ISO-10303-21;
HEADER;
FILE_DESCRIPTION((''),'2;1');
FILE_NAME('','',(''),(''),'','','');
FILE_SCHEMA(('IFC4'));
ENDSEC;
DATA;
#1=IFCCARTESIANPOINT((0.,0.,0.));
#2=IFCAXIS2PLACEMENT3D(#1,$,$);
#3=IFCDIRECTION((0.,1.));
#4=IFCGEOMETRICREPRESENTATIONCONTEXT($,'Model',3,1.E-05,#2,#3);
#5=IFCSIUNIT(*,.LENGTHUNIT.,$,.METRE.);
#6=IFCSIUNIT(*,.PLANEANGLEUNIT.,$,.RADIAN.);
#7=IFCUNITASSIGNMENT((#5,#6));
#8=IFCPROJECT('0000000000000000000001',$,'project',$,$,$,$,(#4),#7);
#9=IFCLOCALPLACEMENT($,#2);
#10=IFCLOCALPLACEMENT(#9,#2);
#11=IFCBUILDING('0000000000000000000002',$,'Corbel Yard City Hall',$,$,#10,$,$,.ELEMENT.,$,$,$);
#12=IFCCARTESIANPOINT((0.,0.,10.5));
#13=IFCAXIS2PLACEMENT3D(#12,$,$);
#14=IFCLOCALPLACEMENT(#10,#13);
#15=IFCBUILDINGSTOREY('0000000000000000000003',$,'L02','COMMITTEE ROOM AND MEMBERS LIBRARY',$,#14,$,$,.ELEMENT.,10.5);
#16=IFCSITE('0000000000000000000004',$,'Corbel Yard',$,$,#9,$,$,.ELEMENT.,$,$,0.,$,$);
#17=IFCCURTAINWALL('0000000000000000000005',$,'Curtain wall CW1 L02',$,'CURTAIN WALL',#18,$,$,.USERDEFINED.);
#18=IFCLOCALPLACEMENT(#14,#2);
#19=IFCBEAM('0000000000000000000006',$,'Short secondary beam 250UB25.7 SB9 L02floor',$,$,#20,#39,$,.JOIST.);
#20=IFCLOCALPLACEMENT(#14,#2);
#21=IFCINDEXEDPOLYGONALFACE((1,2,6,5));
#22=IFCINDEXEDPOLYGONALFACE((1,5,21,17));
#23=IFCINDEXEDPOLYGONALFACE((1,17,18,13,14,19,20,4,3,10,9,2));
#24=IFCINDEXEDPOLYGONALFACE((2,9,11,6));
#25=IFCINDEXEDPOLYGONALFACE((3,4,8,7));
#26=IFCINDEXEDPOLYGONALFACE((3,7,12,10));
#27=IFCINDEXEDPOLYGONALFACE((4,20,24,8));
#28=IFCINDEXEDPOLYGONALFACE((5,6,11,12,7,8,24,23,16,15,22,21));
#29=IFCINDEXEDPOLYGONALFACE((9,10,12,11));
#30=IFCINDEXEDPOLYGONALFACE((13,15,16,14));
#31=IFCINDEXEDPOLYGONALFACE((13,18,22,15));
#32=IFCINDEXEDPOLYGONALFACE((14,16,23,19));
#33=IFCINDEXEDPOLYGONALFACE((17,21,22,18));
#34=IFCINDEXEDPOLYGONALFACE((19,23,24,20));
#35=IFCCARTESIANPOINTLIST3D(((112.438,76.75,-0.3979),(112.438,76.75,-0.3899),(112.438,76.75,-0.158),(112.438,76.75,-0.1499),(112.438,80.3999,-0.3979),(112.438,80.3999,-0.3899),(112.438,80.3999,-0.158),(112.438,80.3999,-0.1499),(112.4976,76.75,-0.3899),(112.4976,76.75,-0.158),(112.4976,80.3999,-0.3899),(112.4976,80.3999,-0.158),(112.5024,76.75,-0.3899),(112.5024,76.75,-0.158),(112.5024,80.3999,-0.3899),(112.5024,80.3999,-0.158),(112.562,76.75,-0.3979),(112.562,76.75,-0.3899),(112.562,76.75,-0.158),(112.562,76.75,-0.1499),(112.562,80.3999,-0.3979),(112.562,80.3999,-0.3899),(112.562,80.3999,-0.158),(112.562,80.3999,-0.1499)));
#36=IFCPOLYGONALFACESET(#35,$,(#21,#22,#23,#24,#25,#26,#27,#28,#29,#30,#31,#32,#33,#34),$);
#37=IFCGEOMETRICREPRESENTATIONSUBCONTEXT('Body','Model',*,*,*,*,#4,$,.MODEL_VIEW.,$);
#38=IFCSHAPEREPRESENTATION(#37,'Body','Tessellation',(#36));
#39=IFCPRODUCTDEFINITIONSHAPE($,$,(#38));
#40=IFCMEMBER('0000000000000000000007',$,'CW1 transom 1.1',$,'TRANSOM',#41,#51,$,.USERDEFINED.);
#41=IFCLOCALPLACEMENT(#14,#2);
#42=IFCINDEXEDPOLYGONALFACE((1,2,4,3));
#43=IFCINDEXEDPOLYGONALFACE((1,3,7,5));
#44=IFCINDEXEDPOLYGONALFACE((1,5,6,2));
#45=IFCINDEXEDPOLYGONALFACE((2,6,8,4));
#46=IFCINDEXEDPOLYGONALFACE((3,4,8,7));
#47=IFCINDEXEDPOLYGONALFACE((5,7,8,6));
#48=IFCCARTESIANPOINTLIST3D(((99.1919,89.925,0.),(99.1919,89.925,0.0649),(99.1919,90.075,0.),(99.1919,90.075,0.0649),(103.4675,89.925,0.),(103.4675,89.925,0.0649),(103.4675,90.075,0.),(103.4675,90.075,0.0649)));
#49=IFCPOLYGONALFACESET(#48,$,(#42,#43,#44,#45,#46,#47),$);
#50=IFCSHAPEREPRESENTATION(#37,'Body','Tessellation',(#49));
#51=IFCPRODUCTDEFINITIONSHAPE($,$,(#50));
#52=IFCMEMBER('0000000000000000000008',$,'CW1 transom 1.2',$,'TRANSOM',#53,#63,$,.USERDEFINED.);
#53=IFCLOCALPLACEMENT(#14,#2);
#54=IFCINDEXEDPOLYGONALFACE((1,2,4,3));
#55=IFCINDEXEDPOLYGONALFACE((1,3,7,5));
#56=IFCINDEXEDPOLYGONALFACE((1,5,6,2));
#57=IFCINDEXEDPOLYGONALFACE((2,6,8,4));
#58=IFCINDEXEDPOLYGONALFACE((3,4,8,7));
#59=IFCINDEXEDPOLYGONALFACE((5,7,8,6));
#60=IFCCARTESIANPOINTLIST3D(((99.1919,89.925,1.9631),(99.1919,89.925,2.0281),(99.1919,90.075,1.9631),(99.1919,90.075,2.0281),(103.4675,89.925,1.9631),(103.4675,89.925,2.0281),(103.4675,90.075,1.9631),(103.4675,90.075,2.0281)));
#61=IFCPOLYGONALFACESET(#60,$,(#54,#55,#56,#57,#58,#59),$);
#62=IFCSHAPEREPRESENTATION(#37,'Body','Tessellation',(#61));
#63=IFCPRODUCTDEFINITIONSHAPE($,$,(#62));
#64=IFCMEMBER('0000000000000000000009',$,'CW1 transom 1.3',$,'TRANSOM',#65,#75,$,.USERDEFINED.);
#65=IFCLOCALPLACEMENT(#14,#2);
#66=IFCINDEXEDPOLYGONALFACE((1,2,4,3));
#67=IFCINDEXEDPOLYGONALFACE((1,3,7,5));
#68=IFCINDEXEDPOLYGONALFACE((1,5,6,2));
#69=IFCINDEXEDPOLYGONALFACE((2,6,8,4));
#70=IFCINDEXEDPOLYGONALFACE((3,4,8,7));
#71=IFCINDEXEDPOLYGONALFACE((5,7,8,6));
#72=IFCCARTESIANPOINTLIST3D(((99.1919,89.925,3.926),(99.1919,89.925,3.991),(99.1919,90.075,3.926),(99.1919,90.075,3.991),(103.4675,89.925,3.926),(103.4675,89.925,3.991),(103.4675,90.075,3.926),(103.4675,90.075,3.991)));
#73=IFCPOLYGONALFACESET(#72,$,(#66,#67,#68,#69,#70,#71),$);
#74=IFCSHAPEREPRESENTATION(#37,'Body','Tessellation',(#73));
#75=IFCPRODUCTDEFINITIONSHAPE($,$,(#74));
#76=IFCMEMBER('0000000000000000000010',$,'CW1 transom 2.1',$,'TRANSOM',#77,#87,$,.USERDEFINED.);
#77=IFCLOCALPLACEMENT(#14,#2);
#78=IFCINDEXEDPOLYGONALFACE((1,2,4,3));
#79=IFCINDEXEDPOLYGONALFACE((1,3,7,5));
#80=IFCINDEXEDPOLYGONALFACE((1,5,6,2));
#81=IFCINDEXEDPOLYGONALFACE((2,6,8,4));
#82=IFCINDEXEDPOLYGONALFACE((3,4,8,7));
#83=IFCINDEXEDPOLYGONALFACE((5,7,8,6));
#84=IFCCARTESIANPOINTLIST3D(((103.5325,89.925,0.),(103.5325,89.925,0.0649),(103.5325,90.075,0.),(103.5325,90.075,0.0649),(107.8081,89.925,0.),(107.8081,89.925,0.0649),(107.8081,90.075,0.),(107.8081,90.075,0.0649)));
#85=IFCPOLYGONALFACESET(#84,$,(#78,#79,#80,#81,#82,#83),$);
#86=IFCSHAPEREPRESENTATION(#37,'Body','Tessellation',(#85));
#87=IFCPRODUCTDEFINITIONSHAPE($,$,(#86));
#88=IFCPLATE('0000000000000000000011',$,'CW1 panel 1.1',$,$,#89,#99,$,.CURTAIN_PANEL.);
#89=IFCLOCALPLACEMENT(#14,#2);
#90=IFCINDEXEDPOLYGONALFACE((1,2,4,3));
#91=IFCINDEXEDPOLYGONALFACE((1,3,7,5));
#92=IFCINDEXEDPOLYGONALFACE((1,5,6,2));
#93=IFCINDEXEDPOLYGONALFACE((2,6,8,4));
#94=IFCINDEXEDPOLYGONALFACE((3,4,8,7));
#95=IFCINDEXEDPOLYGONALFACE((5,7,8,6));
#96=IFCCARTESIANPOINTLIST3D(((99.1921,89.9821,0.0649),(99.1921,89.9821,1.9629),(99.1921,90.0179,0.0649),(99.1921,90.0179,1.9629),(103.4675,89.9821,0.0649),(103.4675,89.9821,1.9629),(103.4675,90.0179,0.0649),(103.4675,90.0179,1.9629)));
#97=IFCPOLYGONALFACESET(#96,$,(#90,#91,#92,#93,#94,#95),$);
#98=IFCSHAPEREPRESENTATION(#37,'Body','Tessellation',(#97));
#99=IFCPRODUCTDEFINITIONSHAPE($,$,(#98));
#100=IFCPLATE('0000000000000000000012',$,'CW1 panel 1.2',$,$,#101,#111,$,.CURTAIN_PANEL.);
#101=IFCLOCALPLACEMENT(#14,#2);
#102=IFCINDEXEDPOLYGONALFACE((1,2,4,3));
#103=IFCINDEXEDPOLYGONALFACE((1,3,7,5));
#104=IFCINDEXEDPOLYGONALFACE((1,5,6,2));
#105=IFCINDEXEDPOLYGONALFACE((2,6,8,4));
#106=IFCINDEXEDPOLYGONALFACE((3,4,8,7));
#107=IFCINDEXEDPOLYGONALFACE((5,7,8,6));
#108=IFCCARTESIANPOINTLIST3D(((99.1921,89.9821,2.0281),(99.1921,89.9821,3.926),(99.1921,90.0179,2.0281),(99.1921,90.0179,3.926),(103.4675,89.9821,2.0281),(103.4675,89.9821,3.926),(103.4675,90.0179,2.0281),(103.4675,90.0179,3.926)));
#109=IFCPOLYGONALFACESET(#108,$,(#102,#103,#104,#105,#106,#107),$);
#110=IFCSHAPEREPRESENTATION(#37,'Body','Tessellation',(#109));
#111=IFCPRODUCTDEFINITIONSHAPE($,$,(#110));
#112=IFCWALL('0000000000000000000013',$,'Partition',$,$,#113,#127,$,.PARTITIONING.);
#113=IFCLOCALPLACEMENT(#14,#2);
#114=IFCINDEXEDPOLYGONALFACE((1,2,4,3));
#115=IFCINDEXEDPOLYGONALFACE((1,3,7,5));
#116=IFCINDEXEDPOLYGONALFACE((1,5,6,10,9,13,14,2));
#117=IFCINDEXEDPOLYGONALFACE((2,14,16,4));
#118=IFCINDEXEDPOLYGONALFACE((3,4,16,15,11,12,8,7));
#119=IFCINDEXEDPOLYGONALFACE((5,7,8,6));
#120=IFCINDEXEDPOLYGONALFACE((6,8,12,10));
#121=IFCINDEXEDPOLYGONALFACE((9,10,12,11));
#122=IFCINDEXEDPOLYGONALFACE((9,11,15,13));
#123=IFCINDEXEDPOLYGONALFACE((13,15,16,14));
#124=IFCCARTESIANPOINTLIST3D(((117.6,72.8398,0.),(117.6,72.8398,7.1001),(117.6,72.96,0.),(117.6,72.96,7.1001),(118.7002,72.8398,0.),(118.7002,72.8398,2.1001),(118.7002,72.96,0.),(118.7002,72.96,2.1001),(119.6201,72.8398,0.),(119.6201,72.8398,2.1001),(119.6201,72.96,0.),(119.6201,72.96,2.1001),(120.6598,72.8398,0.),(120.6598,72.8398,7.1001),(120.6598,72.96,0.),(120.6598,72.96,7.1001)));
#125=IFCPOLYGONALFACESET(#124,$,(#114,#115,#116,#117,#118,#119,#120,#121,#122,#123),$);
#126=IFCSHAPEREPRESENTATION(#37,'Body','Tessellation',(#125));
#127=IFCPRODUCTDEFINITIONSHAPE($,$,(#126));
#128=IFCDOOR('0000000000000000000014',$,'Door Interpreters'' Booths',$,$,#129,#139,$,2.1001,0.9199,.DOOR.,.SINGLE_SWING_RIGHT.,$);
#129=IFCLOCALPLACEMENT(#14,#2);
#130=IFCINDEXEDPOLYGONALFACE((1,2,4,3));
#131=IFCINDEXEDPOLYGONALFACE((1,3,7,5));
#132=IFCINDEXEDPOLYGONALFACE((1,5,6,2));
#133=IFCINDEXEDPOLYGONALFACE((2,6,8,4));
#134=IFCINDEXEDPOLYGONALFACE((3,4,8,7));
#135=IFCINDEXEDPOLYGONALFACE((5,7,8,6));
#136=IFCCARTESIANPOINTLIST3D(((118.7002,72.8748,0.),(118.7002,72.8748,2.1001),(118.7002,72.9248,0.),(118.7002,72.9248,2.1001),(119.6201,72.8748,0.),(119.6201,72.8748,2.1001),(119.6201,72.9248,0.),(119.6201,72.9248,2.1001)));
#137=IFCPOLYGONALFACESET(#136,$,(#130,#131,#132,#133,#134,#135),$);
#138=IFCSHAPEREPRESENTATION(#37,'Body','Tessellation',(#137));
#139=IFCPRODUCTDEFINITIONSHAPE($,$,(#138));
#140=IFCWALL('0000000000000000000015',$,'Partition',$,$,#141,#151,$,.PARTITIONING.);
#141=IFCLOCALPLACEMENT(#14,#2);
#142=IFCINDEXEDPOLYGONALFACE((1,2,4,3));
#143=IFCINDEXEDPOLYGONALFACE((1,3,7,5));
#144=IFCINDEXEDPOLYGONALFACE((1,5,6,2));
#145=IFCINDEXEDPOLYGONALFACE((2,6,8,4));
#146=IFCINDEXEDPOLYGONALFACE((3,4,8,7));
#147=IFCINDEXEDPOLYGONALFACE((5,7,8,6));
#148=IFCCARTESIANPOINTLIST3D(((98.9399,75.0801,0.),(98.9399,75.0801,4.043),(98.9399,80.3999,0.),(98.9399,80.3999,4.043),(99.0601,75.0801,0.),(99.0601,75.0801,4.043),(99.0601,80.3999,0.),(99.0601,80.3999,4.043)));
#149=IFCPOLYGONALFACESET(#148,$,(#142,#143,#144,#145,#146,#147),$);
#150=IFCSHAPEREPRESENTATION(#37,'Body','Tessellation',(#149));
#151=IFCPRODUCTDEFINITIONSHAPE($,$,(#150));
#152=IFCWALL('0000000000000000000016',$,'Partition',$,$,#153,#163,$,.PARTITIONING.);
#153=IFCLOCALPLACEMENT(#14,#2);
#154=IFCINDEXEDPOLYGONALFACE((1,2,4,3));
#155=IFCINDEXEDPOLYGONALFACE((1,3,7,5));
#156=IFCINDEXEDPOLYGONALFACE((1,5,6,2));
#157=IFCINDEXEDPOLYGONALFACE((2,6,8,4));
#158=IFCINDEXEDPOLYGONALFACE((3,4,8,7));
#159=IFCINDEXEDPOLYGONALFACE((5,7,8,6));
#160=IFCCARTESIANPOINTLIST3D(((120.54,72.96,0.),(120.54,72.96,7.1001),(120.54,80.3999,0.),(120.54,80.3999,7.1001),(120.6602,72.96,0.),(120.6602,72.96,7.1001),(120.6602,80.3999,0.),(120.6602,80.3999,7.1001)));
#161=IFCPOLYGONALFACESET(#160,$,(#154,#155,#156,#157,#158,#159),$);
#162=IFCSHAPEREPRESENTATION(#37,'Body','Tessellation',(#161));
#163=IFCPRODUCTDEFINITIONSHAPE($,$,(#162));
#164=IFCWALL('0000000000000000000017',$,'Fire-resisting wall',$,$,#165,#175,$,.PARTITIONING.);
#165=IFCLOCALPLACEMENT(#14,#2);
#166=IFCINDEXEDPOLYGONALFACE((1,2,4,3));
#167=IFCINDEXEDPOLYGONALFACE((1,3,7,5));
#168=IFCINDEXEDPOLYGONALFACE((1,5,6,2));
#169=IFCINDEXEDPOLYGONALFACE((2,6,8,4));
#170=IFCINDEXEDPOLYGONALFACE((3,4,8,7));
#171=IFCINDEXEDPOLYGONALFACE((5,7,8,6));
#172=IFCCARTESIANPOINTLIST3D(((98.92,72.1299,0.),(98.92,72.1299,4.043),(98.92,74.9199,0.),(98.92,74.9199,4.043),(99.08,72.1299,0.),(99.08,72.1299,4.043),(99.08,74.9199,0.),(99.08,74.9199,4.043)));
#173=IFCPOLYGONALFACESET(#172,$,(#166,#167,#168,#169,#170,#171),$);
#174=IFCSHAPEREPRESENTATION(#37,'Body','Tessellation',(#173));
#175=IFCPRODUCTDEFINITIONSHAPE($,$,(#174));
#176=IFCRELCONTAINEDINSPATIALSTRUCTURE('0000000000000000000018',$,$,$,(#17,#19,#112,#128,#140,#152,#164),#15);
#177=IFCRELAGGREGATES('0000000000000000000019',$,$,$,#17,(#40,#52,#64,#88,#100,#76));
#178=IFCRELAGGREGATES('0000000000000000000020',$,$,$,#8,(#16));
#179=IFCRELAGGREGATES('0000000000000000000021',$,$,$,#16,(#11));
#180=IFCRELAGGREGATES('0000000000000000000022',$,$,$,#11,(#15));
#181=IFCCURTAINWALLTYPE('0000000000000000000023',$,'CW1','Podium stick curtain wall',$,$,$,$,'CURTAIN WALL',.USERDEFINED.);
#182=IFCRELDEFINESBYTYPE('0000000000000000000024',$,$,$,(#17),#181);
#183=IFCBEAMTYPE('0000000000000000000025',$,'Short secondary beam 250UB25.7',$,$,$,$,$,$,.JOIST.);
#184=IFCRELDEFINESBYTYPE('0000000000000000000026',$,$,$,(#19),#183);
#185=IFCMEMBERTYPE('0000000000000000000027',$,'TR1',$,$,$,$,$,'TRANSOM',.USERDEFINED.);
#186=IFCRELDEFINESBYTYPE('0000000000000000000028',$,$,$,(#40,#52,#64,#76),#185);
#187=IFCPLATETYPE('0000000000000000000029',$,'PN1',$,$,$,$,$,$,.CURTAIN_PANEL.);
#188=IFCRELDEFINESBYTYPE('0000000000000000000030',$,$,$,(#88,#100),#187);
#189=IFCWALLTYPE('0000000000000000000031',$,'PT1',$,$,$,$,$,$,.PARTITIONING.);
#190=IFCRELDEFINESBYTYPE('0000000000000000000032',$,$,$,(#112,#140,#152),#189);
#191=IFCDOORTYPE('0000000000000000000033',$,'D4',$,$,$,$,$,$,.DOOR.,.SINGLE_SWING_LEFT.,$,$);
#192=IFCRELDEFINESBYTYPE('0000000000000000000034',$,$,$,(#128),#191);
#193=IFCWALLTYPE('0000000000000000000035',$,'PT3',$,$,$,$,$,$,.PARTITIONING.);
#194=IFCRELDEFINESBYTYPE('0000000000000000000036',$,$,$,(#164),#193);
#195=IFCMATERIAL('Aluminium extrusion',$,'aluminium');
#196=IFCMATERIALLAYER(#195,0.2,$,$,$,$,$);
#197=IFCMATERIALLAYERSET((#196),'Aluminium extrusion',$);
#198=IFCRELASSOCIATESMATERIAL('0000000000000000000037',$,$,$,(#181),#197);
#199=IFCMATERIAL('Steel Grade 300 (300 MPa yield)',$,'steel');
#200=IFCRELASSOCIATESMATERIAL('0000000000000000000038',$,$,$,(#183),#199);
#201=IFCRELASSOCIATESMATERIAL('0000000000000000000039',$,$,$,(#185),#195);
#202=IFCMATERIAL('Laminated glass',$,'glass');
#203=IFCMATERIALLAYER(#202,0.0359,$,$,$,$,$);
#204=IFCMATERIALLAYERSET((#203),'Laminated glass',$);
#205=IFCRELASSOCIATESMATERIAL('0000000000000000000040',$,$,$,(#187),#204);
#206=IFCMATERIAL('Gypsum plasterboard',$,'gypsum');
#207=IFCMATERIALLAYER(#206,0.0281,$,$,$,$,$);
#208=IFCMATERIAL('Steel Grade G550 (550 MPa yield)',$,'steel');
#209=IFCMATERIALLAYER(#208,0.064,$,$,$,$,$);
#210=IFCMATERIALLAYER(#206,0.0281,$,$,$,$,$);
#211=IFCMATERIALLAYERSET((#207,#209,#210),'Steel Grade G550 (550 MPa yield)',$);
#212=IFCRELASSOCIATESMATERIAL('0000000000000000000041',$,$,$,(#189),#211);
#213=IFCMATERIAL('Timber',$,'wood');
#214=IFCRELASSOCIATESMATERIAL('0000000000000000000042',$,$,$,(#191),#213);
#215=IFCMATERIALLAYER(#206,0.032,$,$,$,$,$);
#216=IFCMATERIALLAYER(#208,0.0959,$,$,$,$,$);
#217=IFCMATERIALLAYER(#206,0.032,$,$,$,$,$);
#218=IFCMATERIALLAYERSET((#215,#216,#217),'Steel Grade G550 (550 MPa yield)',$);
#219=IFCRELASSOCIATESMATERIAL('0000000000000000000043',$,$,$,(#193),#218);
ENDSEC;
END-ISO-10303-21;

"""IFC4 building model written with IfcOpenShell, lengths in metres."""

from ifc_helpers import new_model, si_unit, direction, frame, frame_2d, origin, origin_2d, place, context, subcontext, project, spatial, rectangle, i_section, extrude, material, layer, layer_set, material_profile, profile_set, type_object, element, fill, aggregate, save


model = new_model("IFC4")

# Units and contexts
model_context = context("Model", 3, precision=1e-05, world=origin(), true_north=direction((0.0, 1.0)))
body_context = subcontext(model_context, "Body", "Model", "MODEL_VIEW")
ifc_project = project(units=[si_unit("LENGTHUNIT", "METRE"), si_unit("PLANEANGLEUNIT", "RADIAN")], contexts=[model_context])

# Site, building, storey
site_placement = place(None, origin())
site = spatial("IfcSite", under=ifc_project, at=site_placement, Name="Corbel Yard", CompositionType="ELEMENT", RefElevation=0.0)
building_placement = place(site_placement, origin())
building = spatial("IfcBuilding", under=site, at=building_placement, Name="Corbel Yard City Hall", CompositionType="ELEMENT")
storey_placement = place(building_placement, frame((0.0, 0.0, 10.5)))
storey = spatial("IfcBuildingStorey", under=building, at=storey_placement, Name="L02", Description="COMMITTEE ROOM AND MEMBERS LIBRARY", CompositionType="ELEMENT", Elevation=10.5)

# Shared definitions
ifc_material_1 = material(Name="Steel Grade 300 (300 MPa yield)", Category="steel")

# Curtain wall
ifc_material_2 = material(Name="Aluminium extrusion", Category="aluminium")
ifc_layer_1 = layer(ifc_material_2, 0.2)
ifc_layer_set_1 = layer_set([ifc_layer_1], Name="Aluminium extrusion")
curtain_wall_type = type_object("IfcCurtainWallType", Name="CW1", Description="Podium stick curtain wall", ElementType="CURTAIN WALL", PredefinedType="USERDEFINED", material=ifc_layer_set_1)
curtain_wall_placement = place(storey_placement, origin())
curtain_wall = element("IfcCurtainWall", 1, at=curtain_wall_placement, inside=storey, type_object=curtain_wall_type, Name="Curtain wall CW1 L02", ObjectType="CURTAIN WALL", PredefinedType="USERDEFINED")

# Beam
ifc_material_profile_1 = material_profile(ifc_material_1, i_section(OverallWidth=0.124, OverallDepth=0.248, WebThickness=0.0049, FlangeThickness=0.0081, at=origin_2d()), Name="250UB25.7")
ifc_profile_set_1 = profile_set([ifc_material_profile_1], Name="Steel Grade 300 (300 MPa yield)")
beam_type_1 = type_object("IfcBeamType", Name="Short secondary beam 250UB25.7", PredefinedType="JOIST", material=ifc_profile_set_1)
beam_1_placement = place(storey_placement, frame((112.5, 76.75, -0.2739), z_axis=(0.0, 1.0, 0.0), x_axis=(-1.0, 0.0, 0.0)))
element("IfcBeam", 2, at=beam_1_placement, inside=storey, type_object=beam_type_1, Name="Short secondary beam 250UB25.7 SB9 L02floor", PredefinedType="JOIST", context=body_context, shape_type="SweptSolid", body=[
    extrude(i_section(OverallWidth=0.124, OverallDepth=0.248, WebThickness=0.0049, FlangeThickness=0.0081, at=origin_2d()), origin(), (0.0, 0.0, 1.0), 3.6499),
])

# Members
ifc_material_profile_2 = material_profile(ifc_material_2, rectangle(XDim=0.1499, YDim=0.0649, at=origin_2d()), Name="150x65")
ifc_profile_set_2 = profile_set([ifc_material_profile_2], Name="Aluminium extrusion")
member_type_1 = type_object("IfcMemberType", Name="TR1", ElementType="TRANSOM", PredefinedType="USERDEFINED", material=ifc_profile_set_2)
member_1_placement = place(storey_placement, frame((99.1919, 90.0, 0.0325), z_axis=(1.0, 0.0, 0.0), x_axis=(0.0, 1.0, 0.0)))
member_1 = element("IfcMember", 3, at=member_1_placement, type_object=member_type_1, Name="CW1 transom 1.1", ObjectType="TRANSOM", PredefinedType="USERDEFINED", context=body_context, shape_type="SweptSolid", body=[
    extrude(rectangle(XDim=0.1499, YDim=0.0649, at=origin_2d()), origin(), (0.0, 0.0, 1.0), 4.2756),
])
member_2_placement = place(storey_placement, frame((99.1919, 90.0, 1.9956), z_axis=(1.0, 0.0, 0.0), x_axis=(0.0, 1.0, 0.0)))
member_2 = element("IfcMember", 4, at=member_2_placement, type_object=member_type_1, Name="CW1 transom 1.2", ObjectType="TRANSOM", PredefinedType="USERDEFINED", context=body_context, shape_type="SweptSolid", body=[
    extrude(rectangle(XDim=0.1499, YDim=0.0649, at=origin_2d()), origin(), (0.0, 0.0, 1.0), 4.2756),
])
member_3_placement = place(storey_placement, frame((99.1919, 90.0, 3.9585), z_axis=(1.0, 0.0, 0.0), x_axis=(0.0, 1.0, 0.0)))
member_3 = element("IfcMember", 5, at=member_3_placement, type_object=member_type_1, Name="CW1 transom 1.3", ObjectType="TRANSOM", PredefinedType="USERDEFINED", context=body_context, shape_type="SweptSolid", body=[
    extrude(rectangle(XDim=0.1499, YDim=0.0649, at=origin_2d()), origin(), (0.0, 0.0, 1.0), 4.2756),
])
member_4_placement = place(storey_placement, frame((103.5325, 90.0, 0.0325), z_axis=(1.0, 0.0, 0.0), x_axis=(0.0, 1.0, 0.0)))
member_4 = element("IfcMember", 6, at=member_4_placement, type_object=member_type_1, Name="CW1 transom 2.1", ObjectType="TRANSOM", PredefinedType="USERDEFINED", context=body_context, shape_type="SweptSolid", body=[
    extrude(rectangle(XDim=0.1499, YDim=0.0649, at=origin_2d()), origin(), (0.0, 0.0, 1.0), 4.2756),
])

# Plates
ifc_material_3 = material(Name="Laminated glass", Category="glass")
ifc_layer_2 = layer(ifc_material_3, 0.0359)
ifc_layer_set_2 = layer_set([ifc_layer_2], Name="Laminated glass")
plate_type = type_object("IfcPlateType", Name="PN1", PredefinedType="CURTAIN_PANEL", material=ifc_layer_set_2)
plate_1_placement = place(storey_placement, frame((101.3298, 90.0, 0.0649), z_axis=(0.0, 0.0, 1.0), x_axis=(1.0, 0.0, 0.0)))
plate_1 = element("IfcPlate", 7, at=plate_1_placement, type_object=plate_type, Name="CW1 panel 1.1", PredefinedType="CURTAIN_PANEL", context=body_context, shape_type="SweptSolid", body=[
    extrude(rectangle(XDim=4.2754, YDim=0.0359, at=origin_2d()), origin(), (0.0, 0.0, 1.0), 1.8979),
])
plate_2_placement = place(storey_placement, frame((101.3298, 90.0, 2.0281), z_axis=(0.0, 0.0, 1.0), x_axis=(1.0, 0.0, 0.0)))
plate_2 = element("IfcPlate", 8, at=plate_2_placement, type_object=plate_type, Name="CW1 panel 1.2", PredefinedType="CURTAIN_PANEL", context=body_context, shape_type="SweptSolid", body=[
    extrude(rectangle(XDim=4.2754, YDim=0.0359, at=origin_2d()), origin(), (0.0, 0.0, 1.0), 1.8979),
])
aggregate(curtain_wall, [member_1, member_2, member_3, plate_1, plate_2, member_4])

# Wall, opening, door
ifc_material_4 = material(Name="Gypsum plasterboard", Category="gypsum")
ifc_layer_3 = layer(ifc_material_4, 0.0281)
ifc_material_5 = material(Name="Steel Grade G550 (550 MPa yield)", Category="steel")
ifc_layer_4 = layer(ifc_material_5, 0.064)
ifc_layer_5 = layer(ifc_material_4, 0.0281)
ifc_layer_set_3 = layer_set([ifc_layer_3, ifc_layer_4, ifc_layer_5], Name="Steel Grade G550 (550 MPa yield)")
wall_type_1 = type_object("IfcWallType", Name="PT1", PredefinedType="PARTITIONING", material=ifc_layer_set_3)
wall_1_placement = place(storey_placement, frame((117.6001, 72.8999, 0.0), z_axis=(0.0, 0.0, 1.0), x_axis=(1.0, 0.0, 0.0)))
wall_1 = element("IfcWall", 9, at=wall_1_placement, inside=storey, type_object=wall_type_1, Name="Partition", PredefinedType="PARTITIONING", context=body_context, shape_type="SweptSolid", body=[
    extrude(rectangle(XDim=3.0598, YDim=0.1201, at=frame_2d((1.5298, 0.0))), origin(), (0.0, 0.0, 1.0), 7.1001),
])
opening_placement = place(wall_1_placement, frame((1.1001, 0.0, 0.0)))
opening = element("IfcOpeningElement", 10, at=opening_placement, cuts=wall_1, PredefinedType="OPENING", context=body_context, shape_type="SweptSolid", body=[
    extrude(rectangle(XDim=0.9199, YDim=2.1001, at=frame_2d((0.46, 1.05))), frame((0.0, 0.0701, 0.0), z_axis=(0.0, -1.0, 0.0), x_axis=(1.0, 0.0, 0.0)), (0.0, 0.0, 1.0), 0.1401),
])
ifc_material_6 = material(Name="Timber", Category="wood")
door_type = type_object("IfcDoorType", Name="D4", OperationType="SINGLE_SWING_LEFT", PredefinedType="DOOR", material=ifc_material_6)
door_placement = place(opening_placement, origin())
door = element("IfcDoor", 11, at=door_placement, inside=storey, type_object=door_type, Name="Door Interpreters' Booths", OperationType="SINGLE_SWING_RIGHT", OverallHeight=2.1001, OverallWidth=0.9199, PredefinedType="DOOR", context=body_context, shape_type="SweptSolid", body=[
    extrude(rectangle(XDim=0.9199, YDim=2.1001, at=frame_2d((0.46, 1.05))), frame((0.0, 0.0249, 0.0), z_axis=(0.0, -1.0, 0.0), x_axis=(1.0, 0.0, 0.0)), (0.0, 0.0, 1.0), 0.05),
])
fill(opening, door)

# Walls
wall_2_placement = place(storey_placement, frame((99.0, 75.0801, 0.0), z_axis=(0.0, 0.0, 1.0), x_axis=(0.0, 1.0, 0.0)))
element("IfcWall", 12, at=wall_2_placement, inside=storey, type_object=wall_type_1, Name="Partition", PredefinedType="PARTITIONING", context=body_context, shape_type="SweptSolid", body=[
    extrude(rectangle(XDim=5.3198, YDim=0.1201, at=frame_2d((2.6599, 0.0))), origin(), (0.0, 0.0, 1.0), 4.043),
])
wall_3_placement = place(storey_placement, frame((120.6001, 72.96, 0.0), z_axis=(0.0, 0.0, 1.0), x_axis=(0.0, 1.0, 0.0)))
element("IfcWall", 13, at=wall_3_placement, inside=storey, type_object=wall_type_1, Name="Partition", PredefinedType="PARTITIONING", context=body_context, shape_type="SweptSolid", body=[
    extrude(rectangle(XDim=7.4399, YDim=0.1201, at=frame_2d((3.72, 0.0))), origin(), (0.0, 0.0, 1.0), 7.1001),
])
ifc_layer_6 = layer(ifc_material_4, 0.032)
ifc_layer_7 = layer(ifc_material_5, 0.0959)
ifc_layer_8 = layer(ifc_material_4, 0.032)
ifc_layer_set_4 = layer_set([ifc_layer_6, ifc_layer_7, ifc_layer_8], Name="Steel Grade G550 (550 MPa yield)")
wall_type_2 = type_object("IfcWallType", Name="PT3", PredefinedType="PARTITIONING", material=ifc_layer_set_4)
wall_4_placement = place(storey_placement, frame((99.0, 72.1299, 0.0), z_axis=(0.0, 0.0, 1.0), x_axis=(0.0, 1.0, 0.0)))
element("IfcWall", 14, at=wall_4_placement, inside=storey, type_object=wall_type_2, Name="Fire-resisting wall", PredefinedType="PARTITIONING", context=body_context, shape_type="SweptSolid", body=[
    extrude(rectangle(XDim=2.79, YDim=0.1599, at=frame_2d((1.395, 0.0))), origin(), (0.0, 0.0, 1.0), 4.043),
])

save(model, "model.ifc")
